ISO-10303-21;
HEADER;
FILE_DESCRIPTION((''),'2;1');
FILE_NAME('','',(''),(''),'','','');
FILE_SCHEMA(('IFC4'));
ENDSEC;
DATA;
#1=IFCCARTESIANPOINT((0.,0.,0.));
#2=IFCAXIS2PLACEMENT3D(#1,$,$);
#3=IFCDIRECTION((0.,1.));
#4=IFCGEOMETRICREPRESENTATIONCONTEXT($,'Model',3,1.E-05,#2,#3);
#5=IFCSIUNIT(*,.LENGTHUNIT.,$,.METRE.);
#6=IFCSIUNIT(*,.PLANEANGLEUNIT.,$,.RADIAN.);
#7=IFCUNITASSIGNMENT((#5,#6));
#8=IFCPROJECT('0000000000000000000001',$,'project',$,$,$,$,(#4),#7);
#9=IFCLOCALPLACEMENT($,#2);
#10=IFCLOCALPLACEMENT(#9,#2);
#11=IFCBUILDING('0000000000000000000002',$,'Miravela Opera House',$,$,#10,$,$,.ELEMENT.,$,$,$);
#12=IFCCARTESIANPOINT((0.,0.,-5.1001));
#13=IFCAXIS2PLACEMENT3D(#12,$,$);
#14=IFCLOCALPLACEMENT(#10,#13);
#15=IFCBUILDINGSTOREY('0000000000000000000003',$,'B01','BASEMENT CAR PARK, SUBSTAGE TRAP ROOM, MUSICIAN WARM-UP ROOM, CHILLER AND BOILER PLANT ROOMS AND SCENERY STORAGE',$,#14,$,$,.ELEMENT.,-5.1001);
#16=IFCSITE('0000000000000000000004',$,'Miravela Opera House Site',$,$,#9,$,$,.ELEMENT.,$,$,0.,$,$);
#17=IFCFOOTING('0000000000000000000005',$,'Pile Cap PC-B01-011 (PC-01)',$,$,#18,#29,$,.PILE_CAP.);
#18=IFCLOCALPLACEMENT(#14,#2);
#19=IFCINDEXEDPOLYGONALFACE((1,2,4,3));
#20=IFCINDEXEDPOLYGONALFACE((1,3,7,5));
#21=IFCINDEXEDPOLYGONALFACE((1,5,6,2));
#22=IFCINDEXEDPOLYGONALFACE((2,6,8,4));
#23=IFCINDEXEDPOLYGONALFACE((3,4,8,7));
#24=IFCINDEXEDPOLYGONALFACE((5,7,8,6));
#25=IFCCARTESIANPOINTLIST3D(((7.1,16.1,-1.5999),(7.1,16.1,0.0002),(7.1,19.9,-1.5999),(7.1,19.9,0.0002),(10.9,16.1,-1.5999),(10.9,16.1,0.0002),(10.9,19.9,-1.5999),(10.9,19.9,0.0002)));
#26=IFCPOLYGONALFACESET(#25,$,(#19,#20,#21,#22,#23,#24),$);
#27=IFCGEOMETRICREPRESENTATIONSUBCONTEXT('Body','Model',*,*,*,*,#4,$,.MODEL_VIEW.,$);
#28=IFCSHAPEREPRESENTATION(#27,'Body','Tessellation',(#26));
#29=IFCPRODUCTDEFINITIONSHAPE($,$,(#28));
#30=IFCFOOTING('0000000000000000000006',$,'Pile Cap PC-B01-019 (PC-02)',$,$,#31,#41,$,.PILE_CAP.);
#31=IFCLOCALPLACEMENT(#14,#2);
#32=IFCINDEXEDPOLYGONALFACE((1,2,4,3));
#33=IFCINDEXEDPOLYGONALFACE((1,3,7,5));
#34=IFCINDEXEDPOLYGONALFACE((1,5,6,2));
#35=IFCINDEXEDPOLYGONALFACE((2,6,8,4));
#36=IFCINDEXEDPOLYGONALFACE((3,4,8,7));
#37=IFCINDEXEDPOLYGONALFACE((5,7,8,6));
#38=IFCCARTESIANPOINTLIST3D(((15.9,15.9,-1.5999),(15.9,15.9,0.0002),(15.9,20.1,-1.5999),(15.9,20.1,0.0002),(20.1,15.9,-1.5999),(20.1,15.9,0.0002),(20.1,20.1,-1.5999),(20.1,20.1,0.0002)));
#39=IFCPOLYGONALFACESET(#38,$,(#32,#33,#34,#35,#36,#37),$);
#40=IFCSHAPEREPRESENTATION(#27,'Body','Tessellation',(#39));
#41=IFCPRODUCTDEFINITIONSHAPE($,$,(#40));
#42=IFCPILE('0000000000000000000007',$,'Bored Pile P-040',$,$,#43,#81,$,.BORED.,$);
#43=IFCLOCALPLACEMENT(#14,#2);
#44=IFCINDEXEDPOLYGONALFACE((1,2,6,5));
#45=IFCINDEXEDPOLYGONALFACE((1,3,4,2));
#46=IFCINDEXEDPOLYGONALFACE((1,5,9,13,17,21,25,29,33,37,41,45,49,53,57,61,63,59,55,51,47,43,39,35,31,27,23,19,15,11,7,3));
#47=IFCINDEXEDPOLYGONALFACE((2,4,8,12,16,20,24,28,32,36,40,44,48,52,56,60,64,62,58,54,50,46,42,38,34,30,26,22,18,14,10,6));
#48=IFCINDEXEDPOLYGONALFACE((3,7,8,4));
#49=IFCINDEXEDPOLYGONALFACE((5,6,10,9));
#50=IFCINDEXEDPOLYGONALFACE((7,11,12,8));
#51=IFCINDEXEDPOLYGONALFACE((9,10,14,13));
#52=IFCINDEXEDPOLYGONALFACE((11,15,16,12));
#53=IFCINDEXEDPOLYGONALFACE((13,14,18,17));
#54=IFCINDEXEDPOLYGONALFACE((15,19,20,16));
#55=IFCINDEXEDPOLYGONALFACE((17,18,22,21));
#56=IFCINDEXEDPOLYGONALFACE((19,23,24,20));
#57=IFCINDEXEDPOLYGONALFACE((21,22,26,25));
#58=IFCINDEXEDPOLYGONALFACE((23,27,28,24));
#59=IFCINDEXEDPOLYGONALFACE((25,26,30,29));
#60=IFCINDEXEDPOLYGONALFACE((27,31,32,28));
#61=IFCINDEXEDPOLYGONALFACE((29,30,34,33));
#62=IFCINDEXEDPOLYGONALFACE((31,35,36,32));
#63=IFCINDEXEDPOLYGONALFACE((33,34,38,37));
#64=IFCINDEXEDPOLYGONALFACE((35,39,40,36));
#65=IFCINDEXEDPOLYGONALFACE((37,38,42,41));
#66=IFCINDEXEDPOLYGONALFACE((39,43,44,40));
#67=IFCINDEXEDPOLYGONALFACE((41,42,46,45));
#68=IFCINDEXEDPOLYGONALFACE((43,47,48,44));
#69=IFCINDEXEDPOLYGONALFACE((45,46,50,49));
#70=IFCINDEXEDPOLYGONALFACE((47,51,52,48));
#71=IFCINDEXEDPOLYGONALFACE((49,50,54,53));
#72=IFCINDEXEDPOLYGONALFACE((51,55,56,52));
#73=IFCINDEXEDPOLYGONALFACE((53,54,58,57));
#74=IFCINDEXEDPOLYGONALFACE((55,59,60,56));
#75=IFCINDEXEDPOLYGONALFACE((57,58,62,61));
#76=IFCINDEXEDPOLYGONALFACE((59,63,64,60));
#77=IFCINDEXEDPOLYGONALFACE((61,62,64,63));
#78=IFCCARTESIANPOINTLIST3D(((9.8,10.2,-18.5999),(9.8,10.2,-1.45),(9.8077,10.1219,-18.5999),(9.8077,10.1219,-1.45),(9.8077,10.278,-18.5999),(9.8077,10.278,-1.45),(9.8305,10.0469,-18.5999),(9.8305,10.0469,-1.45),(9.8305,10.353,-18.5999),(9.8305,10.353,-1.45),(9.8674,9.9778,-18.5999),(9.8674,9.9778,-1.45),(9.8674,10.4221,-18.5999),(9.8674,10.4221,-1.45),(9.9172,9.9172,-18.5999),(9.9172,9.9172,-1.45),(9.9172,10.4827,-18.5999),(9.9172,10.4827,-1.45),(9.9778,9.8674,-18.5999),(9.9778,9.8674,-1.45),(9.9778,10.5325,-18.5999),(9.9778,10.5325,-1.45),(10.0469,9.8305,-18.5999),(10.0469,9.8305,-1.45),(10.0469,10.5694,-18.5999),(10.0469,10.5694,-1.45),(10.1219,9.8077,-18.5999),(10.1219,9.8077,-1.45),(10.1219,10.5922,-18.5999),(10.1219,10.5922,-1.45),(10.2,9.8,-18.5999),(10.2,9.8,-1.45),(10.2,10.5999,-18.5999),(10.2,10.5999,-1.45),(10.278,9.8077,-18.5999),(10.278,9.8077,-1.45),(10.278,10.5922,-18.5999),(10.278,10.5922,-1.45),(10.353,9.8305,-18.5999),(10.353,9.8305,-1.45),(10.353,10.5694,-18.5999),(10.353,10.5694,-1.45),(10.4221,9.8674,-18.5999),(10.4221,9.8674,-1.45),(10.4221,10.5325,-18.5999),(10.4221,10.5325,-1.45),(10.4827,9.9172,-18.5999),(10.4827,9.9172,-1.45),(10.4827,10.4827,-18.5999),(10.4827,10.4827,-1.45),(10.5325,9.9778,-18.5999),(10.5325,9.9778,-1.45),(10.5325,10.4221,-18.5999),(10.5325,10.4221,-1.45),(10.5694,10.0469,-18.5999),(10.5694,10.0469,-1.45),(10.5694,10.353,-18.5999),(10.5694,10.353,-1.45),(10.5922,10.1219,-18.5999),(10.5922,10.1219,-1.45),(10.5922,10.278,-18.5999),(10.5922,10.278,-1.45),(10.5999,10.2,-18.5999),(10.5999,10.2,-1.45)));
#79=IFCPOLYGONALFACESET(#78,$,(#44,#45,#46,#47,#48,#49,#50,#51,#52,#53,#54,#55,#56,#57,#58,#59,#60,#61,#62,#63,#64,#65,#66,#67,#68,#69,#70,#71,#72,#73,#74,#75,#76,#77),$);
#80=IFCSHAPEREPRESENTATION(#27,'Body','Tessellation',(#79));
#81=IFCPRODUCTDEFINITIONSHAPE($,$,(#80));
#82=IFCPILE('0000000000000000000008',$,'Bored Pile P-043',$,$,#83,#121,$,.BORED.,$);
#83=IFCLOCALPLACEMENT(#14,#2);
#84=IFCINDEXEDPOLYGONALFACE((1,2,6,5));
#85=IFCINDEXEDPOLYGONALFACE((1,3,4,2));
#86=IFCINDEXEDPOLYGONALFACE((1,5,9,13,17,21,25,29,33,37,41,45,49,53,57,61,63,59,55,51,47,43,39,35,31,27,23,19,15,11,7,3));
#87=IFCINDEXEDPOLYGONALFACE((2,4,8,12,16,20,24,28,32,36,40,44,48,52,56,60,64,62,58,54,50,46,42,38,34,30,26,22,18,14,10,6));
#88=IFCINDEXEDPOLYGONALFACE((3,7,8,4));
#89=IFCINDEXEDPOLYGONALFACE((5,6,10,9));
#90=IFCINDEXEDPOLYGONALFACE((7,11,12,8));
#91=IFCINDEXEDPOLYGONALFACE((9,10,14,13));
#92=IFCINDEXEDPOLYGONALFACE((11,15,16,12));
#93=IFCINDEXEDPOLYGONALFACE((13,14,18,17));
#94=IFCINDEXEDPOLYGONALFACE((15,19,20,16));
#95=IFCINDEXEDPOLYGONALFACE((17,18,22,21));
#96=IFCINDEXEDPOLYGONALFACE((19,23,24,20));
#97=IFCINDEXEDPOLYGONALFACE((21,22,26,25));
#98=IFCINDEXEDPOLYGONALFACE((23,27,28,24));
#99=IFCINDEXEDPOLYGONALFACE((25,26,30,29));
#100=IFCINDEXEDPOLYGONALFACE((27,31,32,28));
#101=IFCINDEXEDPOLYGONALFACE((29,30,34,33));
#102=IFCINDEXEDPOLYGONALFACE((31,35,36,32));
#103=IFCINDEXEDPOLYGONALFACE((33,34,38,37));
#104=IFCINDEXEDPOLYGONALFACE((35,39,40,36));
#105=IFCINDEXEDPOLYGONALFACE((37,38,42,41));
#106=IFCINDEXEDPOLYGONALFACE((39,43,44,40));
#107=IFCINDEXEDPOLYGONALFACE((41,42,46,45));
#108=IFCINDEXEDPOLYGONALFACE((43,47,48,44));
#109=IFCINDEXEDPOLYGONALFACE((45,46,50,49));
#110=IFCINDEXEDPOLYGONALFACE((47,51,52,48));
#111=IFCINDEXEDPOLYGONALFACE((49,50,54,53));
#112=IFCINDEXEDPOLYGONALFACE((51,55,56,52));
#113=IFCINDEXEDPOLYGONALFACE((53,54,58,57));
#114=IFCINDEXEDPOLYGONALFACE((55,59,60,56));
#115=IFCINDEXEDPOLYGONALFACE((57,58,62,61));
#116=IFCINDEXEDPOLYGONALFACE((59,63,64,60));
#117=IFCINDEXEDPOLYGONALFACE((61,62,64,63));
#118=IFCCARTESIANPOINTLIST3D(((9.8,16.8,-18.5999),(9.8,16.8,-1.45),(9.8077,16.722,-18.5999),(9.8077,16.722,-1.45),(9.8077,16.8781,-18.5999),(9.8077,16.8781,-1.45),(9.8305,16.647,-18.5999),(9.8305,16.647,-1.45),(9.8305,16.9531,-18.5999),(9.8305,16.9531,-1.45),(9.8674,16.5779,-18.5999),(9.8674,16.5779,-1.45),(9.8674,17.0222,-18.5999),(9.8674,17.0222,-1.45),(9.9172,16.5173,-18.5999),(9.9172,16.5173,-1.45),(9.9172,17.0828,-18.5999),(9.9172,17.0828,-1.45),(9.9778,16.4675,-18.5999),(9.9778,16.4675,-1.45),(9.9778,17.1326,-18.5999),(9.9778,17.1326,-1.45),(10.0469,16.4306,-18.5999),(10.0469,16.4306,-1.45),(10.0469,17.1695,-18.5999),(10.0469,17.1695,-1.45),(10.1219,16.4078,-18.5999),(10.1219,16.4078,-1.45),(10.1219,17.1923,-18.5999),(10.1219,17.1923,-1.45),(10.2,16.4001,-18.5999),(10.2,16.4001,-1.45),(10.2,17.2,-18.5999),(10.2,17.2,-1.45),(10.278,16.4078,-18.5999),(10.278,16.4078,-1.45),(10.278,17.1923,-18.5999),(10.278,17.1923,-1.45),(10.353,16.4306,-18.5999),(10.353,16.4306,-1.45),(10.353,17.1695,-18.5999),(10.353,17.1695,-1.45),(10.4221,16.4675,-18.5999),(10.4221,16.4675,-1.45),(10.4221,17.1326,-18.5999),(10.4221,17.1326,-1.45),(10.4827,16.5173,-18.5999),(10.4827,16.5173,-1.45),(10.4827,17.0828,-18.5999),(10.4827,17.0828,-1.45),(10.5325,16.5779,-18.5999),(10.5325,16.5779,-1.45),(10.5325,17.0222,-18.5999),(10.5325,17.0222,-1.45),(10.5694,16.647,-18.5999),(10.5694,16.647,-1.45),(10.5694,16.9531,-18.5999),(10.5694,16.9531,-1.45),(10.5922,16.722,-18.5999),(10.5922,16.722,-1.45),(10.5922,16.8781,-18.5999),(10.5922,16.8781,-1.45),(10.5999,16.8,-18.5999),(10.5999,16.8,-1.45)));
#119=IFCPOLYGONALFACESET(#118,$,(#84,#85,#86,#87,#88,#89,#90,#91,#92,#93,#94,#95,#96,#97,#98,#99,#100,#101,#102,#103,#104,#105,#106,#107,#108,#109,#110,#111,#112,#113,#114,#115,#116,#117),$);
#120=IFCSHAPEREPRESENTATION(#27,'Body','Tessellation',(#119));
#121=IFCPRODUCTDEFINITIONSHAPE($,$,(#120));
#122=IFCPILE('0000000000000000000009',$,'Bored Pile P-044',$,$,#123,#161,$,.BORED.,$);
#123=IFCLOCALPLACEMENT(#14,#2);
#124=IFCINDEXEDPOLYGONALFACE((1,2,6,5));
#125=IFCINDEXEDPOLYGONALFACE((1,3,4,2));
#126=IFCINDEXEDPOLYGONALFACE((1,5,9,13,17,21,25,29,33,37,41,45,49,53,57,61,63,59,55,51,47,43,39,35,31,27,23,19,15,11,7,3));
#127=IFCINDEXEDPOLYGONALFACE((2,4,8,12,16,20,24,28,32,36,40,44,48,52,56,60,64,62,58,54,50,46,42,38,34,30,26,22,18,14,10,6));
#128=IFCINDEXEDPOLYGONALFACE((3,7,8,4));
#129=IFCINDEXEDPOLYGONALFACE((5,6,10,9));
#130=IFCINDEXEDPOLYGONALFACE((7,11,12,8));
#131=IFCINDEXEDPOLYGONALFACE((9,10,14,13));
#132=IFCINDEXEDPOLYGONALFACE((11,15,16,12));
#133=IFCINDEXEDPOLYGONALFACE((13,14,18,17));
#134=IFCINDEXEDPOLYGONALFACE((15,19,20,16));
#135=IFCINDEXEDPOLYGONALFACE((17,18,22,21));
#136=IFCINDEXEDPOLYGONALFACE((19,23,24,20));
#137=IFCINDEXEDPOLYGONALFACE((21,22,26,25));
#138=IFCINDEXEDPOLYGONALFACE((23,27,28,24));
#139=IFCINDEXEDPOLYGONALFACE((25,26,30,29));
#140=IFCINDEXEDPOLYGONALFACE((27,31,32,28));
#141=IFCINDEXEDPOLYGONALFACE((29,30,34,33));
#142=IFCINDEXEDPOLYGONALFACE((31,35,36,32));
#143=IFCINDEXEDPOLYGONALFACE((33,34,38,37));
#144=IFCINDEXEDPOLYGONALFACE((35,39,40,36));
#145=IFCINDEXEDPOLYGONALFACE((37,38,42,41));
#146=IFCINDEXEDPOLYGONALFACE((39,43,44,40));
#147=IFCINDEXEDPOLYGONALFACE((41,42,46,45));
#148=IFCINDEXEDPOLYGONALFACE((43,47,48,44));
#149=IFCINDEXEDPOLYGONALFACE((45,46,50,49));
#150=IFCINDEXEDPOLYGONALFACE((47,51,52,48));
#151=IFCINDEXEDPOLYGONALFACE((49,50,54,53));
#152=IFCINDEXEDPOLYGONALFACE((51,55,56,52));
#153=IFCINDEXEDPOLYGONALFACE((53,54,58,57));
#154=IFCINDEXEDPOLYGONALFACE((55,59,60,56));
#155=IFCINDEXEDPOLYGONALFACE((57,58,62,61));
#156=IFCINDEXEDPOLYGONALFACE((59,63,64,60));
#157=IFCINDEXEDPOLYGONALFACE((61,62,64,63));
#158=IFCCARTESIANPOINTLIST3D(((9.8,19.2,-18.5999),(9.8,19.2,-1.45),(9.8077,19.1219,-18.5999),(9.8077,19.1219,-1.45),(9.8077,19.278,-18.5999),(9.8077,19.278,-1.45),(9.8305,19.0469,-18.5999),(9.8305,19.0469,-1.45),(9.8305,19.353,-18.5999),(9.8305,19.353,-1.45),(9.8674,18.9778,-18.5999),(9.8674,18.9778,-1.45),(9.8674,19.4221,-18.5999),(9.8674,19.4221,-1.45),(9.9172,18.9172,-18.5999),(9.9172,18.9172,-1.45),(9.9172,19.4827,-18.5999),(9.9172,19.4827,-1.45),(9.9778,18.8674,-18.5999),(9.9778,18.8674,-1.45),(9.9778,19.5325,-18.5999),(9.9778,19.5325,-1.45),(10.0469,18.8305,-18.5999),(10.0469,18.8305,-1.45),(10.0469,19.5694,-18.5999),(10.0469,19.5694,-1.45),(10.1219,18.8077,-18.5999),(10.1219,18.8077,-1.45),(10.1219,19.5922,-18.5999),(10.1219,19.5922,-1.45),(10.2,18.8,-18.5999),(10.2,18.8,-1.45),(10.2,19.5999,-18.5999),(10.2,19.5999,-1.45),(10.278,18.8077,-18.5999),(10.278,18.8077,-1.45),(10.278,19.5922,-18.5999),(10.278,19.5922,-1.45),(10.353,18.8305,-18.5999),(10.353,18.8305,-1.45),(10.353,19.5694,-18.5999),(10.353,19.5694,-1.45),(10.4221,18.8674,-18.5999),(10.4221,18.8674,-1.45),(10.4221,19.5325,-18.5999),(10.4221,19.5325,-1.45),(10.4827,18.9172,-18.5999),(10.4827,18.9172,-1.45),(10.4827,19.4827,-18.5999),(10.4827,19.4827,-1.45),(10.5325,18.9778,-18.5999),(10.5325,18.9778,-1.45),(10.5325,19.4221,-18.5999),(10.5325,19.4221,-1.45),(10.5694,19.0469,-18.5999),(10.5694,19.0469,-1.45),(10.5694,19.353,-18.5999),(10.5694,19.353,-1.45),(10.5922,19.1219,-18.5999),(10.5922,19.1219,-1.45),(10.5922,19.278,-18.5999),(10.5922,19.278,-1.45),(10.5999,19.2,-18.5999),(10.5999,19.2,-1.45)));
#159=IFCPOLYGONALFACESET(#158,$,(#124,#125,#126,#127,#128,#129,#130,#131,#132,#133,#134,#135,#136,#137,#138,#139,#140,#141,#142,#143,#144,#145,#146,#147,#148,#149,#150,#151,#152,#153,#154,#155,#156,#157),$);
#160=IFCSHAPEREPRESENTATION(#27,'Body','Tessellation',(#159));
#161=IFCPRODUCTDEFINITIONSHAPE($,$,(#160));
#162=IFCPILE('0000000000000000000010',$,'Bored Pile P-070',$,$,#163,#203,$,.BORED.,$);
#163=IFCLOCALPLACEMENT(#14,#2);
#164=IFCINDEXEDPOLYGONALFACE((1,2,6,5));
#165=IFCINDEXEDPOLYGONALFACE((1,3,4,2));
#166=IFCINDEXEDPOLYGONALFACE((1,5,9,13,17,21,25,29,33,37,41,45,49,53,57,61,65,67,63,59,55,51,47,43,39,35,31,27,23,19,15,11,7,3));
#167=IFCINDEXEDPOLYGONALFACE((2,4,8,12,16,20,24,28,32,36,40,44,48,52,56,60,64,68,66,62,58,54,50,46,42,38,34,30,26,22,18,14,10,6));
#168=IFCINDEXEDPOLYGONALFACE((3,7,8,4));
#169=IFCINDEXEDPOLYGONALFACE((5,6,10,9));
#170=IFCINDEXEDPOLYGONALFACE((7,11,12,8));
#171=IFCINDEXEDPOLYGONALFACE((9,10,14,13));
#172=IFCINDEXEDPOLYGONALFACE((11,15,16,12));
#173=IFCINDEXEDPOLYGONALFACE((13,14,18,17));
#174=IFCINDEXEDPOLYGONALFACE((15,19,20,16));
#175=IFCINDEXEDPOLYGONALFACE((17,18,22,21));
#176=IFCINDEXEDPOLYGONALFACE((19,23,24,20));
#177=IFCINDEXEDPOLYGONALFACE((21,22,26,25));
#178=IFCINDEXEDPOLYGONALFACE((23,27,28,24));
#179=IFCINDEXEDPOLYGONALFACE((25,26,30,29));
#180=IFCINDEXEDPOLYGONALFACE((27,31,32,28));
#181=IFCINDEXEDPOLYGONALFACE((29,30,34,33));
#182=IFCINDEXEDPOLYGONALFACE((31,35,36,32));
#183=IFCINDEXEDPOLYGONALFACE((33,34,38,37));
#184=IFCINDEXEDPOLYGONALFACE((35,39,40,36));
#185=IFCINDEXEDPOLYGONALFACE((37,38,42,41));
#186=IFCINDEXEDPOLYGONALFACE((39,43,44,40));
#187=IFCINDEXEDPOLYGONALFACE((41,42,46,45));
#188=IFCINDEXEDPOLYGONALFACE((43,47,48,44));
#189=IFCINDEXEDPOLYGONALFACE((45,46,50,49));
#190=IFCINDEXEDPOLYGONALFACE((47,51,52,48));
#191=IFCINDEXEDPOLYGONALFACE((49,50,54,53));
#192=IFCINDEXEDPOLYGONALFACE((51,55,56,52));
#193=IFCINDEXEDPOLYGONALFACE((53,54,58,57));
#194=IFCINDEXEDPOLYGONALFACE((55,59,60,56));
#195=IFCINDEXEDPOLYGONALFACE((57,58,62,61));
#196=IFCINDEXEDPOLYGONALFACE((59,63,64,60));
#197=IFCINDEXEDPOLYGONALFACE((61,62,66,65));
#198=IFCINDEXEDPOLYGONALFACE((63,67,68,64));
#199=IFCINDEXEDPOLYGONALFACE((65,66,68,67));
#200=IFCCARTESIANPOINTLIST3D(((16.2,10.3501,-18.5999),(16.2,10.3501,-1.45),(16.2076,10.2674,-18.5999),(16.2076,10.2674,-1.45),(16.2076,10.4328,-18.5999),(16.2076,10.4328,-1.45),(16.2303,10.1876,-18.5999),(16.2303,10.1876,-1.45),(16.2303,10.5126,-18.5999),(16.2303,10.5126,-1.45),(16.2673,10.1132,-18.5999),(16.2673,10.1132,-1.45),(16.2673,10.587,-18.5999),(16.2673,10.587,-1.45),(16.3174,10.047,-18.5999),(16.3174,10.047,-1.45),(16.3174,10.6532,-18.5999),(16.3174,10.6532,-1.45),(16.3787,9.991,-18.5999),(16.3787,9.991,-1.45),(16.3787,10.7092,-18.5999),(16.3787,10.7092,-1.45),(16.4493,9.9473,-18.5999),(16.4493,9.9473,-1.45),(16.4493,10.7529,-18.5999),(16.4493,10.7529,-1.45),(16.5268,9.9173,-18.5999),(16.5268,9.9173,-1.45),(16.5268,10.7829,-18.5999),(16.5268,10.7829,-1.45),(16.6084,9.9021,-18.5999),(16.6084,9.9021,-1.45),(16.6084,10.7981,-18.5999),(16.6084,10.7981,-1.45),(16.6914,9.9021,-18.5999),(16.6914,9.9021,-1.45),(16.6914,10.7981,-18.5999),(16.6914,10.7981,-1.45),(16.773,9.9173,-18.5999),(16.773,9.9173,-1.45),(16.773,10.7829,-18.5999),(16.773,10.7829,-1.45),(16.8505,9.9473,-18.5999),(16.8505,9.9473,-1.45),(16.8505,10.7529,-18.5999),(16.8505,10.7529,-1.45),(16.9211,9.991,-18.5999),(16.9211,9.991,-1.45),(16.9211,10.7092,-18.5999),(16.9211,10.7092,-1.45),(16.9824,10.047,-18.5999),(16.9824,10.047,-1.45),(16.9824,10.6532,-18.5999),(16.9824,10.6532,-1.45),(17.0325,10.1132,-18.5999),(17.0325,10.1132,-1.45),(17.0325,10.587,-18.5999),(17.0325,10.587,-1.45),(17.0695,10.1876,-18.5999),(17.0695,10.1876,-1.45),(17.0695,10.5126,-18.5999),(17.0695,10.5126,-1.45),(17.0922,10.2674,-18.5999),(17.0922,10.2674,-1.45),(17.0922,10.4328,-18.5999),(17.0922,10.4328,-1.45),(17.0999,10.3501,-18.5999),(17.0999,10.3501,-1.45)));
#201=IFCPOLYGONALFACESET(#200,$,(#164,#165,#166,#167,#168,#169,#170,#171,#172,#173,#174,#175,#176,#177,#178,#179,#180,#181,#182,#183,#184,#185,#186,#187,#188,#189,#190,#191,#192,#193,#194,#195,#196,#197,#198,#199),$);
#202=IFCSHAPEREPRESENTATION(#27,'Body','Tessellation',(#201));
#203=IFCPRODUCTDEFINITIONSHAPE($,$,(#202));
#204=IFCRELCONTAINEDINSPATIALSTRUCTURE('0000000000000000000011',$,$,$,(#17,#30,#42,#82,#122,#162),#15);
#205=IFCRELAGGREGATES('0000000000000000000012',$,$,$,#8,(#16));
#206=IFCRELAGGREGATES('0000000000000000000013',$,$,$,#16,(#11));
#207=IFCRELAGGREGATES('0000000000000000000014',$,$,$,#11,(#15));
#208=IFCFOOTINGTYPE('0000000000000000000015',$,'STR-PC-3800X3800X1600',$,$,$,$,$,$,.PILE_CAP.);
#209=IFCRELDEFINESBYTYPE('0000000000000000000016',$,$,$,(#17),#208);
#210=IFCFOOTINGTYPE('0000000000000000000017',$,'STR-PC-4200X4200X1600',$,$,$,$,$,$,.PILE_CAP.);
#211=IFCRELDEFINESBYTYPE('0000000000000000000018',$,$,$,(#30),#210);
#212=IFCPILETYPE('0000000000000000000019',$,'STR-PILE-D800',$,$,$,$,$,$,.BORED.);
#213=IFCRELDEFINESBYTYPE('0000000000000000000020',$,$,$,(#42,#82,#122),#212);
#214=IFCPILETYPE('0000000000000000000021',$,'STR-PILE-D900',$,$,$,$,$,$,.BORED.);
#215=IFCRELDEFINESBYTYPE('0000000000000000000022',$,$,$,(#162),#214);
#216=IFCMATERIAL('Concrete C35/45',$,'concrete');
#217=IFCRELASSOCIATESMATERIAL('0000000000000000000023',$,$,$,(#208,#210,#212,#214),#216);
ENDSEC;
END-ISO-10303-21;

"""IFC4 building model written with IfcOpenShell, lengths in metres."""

from ifc_helpers import new_model, si_unit, direction, frame, origin, origin_2d, place, context, subcontext, project, spatial, rectangle, circle, extrude, material, material_profile, profile_set, type_object, element, save


model = new_model("IFC4")

# Units and contexts
model_context = context("Model", 3, precision=1e-05, world=origin(), true_north=direction((0.0, 1.0)))
body_context = subcontext(model_context, "Body", "Model", "MODEL_VIEW")
ifc_project = project(units=[si_unit("LENGTHUNIT", "METRE"), si_unit("PLANEANGLEUNIT", "RADIAN")], contexts=[model_context])

# Site, building, storey
site_placement = place(None, origin())
site = spatial("IfcSite", under=ifc_project, at=site_placement, Name="Miravela Opera House Site", CompositionType="ELEMENT", RefElevation=0.0)
building_placement = place(site_placement, origin())
building = spatial("IfcBuilding", under=site, at=building_placement, Name="Miravela Opera House", CompositionType="ELEMENT")
storey_placement = place(building_placement, frame((0.0, 0.0, -5.1001)))
storey = spatial("IfcBuildingStorey", under=building, at=storey_placement, Name="B01", Description="BASEMENT CAR PARK, SUBSTAGE TRAP ROOM, MUSICIAN WARM-UP ROOM, CHILLER AND BOILER PLANT ROOMS AND SCENERY STORAGE", CompositionType="ELEMENT", Elevation=-5.1001)

# Footings
ifc_material_1 = material(Name="Concrete C35/45", Category="concrete")
footing_type_1 = type_object("IfcFootingType", Name="STR-PC-3800X3800X1600", PredefinedType="PILE_CAP", material=ifc_material_1)
footing_1_placement = place(storey_placement, frame((9.0, 18.0, -1.5999), z_axis=(0.0, 0.0, 1.0), x_axis=(1.0, 0.0, 0.0)))
element("IfcFooting", 1, at=footing_1_placement, inside=storey, type_object=footing_type_1, Name="Pile Cap PC-B01-011 (PC-01)", PredefinedType="PILE_CAP", context=body_context, shape_type="SweptSolid", body=[
    extrude(rectangle(XDim=3.8, YDim=3.8, at=origin_2d()), origin(), (0.0, 0.0, 1.0), 1.6001),
])
footing_type_2 = type_object("IfcFootingType", Name="STR-PC-4200X4200X1600", PredefinedType="PILE_CAP", material=ifc_material_1)
footing_2_placement = place(storey_placement, frame((18.0, 18.0, -1.5999), z_axis=(0.0, 0.0, 1.0), x_axis=(1.0, 0.0, 0.0)))
element("IfcFooting", 2, at=footing_2_placement, inside=storey, type_object=footing_type_2, Name="Pile Cap PC-B01-019 (PC-02)", PredefinedType="PILE_CAP", context=body_context, shape_type="SweptSolid", body=[
    extrude(rectangle(XDim=4.2, YDim=4.2, at=origin_2d()), origin(), (0.0, 0.0, 1.0), 1.6001),
])

# Piles
ifc_material_profile_1 = material_profile(ifc_material_1, circle(Radius=0.3999, at=origin_2d()), Name="PILE-D800")
ifc_profile_set_1 = profile_set([ifc_material_profile_1])
pile_type_1 = type_object("IfcPileType", Name="STR-PILE-D800", PredefinedType="BORED", material=ifc_profile_set_1)
for number, where, z_axis, x_axis, name in (
    (3, (10.2, 10.2, -1.45), (0.0, 0.0, -1.0), (1.0, 0.0, 0.0), "Bored Pile P-040"),
    (4, (10.2, 16.8, -1.45), (0.0, 0.0, -1.0), (1.0, 0.0, 0.0), "Bored Pile P-043"),
    (5, (10.2, 19.2, -1.45), (0.0, 0.0, -1.0), (1.0, 0.0, 0.0), "Bored Pile P-044"),
):
    element("IfcPile", number, at=place(storey_placement, frame(where, z_axis=z_axis, x_axis=x_axis)), inside=storey, type_object=pile_type_1, Name=name, PredefinedType="BORED", context=body_context, shape_type="SweptSolid", body=[
        extrude(circle(Radius=0.3999, at=origin_2d()), origin(), (0.0, 0.0, 1.0), 17.1499),
    ])
ifc_material_profile_2 = material_profile(ifc_material_1, circle(Radius=0.45, at=origin_2d()), Name="PILE-D900")
ifc_profile_set_2 = profile_set([ifc_material_profile_2])
pile_type_2 = type_object("IfcPileType", Name="STR-PILE-D900", PredefinedType="BORED", material=ifc_profile_set_2)
for number, where, z_axis, x_axis, name in (
    (6, (16.6499, 10.3501, -1.45), (0.0, 0.0, -1.0), (1.0, 0.0, 0.0), "Bored Pile P-070"),
):
    element("IfcPile", number, at=place(storey_placement, frame(where, z_axis=z_axis, x_axis=x_axis)), inside=storey, type_object=pile_type_2, Name=name, PredefinedType="BORED", context=body_context, shape_type="SweptSolid", body=[
        extrude(circle(Radius=0.45, at=origin_2d()), origin(), (0.0, 0.0, 1.0), 17.1499),
    ])

save(model, "model.ifc")
